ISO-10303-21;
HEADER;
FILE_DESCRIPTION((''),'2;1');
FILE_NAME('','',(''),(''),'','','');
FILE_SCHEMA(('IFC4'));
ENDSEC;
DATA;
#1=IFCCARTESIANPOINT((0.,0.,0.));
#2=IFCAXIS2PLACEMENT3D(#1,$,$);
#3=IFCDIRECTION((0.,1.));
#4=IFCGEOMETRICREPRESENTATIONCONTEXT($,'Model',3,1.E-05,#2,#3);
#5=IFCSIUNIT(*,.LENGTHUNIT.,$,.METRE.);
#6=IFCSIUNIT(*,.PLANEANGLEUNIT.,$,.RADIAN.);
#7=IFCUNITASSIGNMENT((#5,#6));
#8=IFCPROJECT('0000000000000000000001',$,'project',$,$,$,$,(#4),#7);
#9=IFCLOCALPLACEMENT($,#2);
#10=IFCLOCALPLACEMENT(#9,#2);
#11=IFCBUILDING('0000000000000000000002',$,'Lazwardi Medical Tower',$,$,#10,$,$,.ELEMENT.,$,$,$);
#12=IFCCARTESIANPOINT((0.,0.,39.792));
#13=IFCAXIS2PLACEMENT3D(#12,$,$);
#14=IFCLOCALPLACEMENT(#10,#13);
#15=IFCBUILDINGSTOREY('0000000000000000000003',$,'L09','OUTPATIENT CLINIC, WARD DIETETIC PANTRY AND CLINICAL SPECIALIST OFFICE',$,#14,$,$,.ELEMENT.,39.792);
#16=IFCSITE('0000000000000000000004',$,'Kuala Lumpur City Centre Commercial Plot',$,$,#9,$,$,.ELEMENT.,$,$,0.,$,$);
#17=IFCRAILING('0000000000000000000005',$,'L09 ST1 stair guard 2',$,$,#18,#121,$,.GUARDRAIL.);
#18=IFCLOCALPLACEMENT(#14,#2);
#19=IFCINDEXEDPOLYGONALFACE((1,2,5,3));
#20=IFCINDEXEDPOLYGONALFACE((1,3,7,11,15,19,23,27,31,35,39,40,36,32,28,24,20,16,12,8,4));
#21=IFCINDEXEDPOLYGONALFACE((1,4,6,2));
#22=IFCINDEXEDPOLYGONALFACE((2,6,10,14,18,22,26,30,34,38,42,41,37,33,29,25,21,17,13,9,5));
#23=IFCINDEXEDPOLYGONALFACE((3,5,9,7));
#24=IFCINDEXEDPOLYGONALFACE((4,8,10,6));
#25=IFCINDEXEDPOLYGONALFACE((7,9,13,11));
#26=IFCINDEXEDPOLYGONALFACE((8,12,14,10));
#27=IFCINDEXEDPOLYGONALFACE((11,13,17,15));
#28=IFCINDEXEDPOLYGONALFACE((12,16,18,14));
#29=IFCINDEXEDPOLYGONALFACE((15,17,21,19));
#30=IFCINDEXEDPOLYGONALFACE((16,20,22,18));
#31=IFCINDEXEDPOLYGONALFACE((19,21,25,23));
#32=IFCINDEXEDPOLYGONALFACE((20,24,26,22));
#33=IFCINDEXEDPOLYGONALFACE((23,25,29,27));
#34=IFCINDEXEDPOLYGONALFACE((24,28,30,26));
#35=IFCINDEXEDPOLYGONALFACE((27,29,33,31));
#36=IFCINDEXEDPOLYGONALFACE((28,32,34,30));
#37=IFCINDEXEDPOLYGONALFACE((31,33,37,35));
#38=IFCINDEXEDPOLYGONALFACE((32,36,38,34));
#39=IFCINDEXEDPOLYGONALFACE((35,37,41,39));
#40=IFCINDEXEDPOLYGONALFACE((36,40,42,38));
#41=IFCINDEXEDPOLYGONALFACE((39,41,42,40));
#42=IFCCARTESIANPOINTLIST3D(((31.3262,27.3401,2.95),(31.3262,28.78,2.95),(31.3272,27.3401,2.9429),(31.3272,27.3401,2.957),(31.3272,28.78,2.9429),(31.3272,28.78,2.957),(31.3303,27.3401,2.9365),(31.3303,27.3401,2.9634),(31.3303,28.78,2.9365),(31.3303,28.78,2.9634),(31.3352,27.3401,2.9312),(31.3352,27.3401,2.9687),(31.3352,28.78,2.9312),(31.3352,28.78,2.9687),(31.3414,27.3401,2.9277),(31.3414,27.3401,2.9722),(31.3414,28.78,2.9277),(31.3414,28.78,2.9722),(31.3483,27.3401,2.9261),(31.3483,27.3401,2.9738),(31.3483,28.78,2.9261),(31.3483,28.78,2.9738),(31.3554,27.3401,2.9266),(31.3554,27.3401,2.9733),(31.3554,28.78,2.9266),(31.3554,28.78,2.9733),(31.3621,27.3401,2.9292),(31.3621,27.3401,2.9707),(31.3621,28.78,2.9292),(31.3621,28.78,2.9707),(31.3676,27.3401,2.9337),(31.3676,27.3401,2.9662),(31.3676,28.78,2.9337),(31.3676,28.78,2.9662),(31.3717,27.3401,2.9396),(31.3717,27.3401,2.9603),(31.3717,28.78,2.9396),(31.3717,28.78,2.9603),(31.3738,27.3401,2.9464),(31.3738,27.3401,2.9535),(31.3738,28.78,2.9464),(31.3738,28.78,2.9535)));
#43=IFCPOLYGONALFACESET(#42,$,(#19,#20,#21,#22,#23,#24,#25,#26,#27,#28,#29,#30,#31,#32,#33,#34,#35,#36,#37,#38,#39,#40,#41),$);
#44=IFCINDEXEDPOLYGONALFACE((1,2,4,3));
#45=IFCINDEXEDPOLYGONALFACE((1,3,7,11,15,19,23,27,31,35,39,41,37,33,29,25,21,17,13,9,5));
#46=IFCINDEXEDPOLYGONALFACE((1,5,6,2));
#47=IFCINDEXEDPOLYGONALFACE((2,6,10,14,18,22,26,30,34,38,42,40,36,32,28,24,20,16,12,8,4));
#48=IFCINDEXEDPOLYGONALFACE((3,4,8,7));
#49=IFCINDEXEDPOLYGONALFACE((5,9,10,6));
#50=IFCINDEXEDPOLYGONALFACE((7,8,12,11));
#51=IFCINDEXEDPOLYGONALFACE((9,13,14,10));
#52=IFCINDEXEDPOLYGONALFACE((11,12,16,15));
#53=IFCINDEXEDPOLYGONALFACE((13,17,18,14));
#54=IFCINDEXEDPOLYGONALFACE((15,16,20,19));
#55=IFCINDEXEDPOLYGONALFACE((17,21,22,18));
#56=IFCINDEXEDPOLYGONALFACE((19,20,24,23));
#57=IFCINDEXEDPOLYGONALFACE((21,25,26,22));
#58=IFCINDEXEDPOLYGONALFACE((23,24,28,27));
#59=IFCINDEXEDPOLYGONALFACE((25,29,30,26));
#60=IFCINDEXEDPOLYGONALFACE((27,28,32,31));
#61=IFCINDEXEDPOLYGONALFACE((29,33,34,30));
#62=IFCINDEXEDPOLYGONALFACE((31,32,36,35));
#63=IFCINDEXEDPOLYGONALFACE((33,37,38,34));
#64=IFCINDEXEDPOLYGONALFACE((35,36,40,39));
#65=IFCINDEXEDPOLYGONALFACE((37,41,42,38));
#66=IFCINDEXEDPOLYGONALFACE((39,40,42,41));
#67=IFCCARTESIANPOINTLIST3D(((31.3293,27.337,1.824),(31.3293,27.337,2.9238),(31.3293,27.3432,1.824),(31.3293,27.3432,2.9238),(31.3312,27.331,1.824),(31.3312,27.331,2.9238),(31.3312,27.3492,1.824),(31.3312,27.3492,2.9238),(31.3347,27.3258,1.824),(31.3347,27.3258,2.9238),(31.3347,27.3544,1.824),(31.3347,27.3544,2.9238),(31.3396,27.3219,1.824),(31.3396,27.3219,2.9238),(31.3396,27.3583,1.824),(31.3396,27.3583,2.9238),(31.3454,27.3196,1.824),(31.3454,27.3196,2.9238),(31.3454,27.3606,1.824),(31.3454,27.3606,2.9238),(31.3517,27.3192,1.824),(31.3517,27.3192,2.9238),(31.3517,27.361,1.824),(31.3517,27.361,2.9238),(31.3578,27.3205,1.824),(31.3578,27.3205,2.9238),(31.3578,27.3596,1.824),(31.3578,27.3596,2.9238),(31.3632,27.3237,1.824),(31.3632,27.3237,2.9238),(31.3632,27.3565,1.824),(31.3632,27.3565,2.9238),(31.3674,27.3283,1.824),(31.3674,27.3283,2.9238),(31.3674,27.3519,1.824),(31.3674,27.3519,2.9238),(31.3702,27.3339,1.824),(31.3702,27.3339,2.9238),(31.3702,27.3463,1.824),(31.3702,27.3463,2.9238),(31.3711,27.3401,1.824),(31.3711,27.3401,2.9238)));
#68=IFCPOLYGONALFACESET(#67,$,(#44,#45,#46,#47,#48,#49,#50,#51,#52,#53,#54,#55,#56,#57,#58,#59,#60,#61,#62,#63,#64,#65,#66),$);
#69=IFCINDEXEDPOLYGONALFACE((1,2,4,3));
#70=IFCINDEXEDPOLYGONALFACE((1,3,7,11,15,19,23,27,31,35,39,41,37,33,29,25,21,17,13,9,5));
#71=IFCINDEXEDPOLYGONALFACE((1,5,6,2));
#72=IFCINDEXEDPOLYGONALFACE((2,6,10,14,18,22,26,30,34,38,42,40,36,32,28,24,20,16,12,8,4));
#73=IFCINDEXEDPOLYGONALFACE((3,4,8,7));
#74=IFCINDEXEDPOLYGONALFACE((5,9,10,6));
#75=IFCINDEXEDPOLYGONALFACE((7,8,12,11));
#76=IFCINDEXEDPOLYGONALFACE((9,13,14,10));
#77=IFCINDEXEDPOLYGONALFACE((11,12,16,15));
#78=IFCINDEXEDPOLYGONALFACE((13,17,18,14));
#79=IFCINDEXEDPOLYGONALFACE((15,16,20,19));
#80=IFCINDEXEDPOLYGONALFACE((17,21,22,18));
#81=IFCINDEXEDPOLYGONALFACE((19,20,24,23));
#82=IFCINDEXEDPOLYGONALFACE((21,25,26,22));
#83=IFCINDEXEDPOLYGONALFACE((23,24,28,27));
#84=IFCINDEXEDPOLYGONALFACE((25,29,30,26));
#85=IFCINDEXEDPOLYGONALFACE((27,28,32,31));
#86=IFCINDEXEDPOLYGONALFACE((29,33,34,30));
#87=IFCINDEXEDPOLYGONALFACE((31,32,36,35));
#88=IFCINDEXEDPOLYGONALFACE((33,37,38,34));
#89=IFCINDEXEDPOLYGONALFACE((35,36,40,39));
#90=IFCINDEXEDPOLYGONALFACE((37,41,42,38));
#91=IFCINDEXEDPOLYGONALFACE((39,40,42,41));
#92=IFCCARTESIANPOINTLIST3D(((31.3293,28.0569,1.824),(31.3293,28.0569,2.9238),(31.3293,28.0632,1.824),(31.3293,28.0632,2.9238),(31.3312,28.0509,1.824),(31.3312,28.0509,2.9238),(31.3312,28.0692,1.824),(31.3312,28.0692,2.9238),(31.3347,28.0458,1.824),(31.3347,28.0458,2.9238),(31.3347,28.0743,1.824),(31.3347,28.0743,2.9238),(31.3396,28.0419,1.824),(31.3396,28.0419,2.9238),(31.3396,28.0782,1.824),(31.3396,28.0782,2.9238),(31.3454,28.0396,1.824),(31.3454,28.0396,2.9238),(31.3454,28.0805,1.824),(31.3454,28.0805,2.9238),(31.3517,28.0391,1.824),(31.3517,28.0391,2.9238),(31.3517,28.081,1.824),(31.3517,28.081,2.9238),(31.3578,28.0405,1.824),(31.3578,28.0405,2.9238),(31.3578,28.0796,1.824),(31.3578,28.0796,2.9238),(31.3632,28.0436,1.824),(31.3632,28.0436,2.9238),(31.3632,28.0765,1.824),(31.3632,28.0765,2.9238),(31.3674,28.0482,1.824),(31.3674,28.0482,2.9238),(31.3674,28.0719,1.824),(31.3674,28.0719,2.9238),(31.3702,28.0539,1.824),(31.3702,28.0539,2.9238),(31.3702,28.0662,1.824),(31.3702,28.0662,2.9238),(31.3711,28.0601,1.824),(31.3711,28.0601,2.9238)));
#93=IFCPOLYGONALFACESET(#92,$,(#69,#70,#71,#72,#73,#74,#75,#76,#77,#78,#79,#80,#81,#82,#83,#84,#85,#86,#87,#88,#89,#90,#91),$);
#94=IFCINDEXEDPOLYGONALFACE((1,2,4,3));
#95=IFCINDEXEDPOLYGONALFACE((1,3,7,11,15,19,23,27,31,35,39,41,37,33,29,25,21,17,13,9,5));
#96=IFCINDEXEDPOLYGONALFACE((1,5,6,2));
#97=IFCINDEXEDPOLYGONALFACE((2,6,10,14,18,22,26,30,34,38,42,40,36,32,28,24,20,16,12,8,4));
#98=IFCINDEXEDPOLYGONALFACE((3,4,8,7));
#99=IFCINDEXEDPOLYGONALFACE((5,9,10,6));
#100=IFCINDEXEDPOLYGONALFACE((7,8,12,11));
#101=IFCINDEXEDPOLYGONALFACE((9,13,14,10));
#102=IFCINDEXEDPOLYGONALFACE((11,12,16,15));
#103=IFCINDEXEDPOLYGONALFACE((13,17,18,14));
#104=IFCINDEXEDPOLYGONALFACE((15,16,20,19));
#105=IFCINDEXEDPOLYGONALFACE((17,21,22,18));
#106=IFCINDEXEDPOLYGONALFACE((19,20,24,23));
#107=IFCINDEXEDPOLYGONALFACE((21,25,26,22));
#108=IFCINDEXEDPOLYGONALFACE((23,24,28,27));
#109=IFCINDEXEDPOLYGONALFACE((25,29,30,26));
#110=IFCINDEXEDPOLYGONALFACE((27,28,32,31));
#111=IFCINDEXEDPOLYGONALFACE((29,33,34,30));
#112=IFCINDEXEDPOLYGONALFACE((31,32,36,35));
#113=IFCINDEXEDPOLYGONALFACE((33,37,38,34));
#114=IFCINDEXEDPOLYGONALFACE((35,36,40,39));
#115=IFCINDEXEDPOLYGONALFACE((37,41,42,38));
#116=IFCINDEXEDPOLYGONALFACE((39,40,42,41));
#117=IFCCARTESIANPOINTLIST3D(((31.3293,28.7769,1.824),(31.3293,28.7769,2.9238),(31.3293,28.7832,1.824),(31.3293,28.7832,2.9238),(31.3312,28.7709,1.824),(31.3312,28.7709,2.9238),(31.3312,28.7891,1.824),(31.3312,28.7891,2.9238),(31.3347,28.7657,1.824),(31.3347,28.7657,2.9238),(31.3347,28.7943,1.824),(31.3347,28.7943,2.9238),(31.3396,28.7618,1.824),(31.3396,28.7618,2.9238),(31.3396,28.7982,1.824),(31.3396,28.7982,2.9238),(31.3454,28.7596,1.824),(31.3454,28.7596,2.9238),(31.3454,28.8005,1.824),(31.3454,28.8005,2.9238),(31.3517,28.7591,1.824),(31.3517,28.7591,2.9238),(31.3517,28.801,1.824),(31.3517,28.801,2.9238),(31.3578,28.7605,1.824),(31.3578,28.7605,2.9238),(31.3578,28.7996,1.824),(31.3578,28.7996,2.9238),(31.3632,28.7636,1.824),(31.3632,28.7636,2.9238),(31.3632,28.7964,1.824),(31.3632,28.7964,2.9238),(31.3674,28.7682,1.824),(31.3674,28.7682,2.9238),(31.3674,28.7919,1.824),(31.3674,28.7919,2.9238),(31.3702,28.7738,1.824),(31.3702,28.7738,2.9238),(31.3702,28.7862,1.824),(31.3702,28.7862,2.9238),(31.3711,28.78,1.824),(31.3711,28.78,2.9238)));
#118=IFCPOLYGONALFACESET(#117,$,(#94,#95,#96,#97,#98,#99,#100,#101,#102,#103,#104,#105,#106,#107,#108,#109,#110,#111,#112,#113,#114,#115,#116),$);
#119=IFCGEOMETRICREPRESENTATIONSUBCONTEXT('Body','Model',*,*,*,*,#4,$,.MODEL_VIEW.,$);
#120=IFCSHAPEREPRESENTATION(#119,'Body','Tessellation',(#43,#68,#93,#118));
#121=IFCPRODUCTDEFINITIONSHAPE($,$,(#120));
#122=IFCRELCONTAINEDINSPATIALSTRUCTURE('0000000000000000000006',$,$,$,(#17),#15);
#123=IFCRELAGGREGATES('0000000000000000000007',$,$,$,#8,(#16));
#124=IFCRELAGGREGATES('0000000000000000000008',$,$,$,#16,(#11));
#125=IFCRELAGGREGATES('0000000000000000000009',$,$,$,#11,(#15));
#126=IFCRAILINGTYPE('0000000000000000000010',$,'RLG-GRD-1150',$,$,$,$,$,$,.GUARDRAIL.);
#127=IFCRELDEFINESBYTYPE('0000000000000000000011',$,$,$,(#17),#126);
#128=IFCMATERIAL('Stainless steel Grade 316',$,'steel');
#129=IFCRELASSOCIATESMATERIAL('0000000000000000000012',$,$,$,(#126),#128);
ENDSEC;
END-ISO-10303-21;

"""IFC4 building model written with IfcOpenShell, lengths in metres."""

from ifc_helpers import new_model, si_unit, direction, frame, origin, origin_2d, place, context, subcontext, project, spatial, circle, extrude, material, type_object, element, save


model = new_model("IFC4")

# Units and contexts
model_context = context("Model", 3, precision=1e-05, world=origin(), true_north=direction((0.0, 1.0)))
body_context = subcontext(model_context, "Body", "Model", "MODEL_VIEW")
ifc_project = project(units=[si_unit("LENGTHUNIT", "METRE"), si_unit("PLANEANGLEUNIT", "RADIAN")], contexts=[model_context])

# Site, building, storey
site_placement = place(None, origin())
site = spatial("IfcSite", under=ifc_project, at=site_placement, Name="Kuala Lumpur City Centre Commercial Plot", CompositionType="ELEMENT", RefElevation=0.0)
building_placement = place(site_placement, origin())
building = spatial("IfcBuilding", under=site, at=building_placement, Name="Lazwardi Medical Tower", CompositionType="ELEMENT")
storey_placement = place(building_placement, frame((0.0, 0.0, 39.792)))
storey = spatial("IfcBuildingStorey", under=building, at=storey_placement, Name="L09", Description="OUTPATIENT CLINIC, WARD DIETETIC PANTRY AND CLINICAL SPECIALIST OFFICE", CompositionType="ELEMENT", Elevation=39.792)

# Railing
ifc_material_1 = material(Name="Stainless steel Grade 316", Category="steel")
railing_type_1 = type_object("IfcRailingType", Name="RLG-GRD-1150", PredefinedType="GUARDRAIL", material=ifc_material_1)
railing_1_placement = place(storey_placement, frame((31.3501, 27.3401, 1.824)))
element("IfcRailing", 1, at=railing_1_placement, inside=storey, type_object=railing_type_1, Name="L09 ST1 stair guard 2", PredefinedType="GUARDRAIL", context=body_context, shape_type="SweptSolid", body=[
    extrude(circle(Radius=0.0239, at=origin_2d()), frame((0.0, 0.0, 1.126), z_axis=(0.0, 1.0, 0.0), x_axis=(-1.0, 0.0, 0.0)), (0.0, 0.0, 1.0), 1.4399),
    extrude(circle(Radius=0.021, at=origin_2d()), origin(), (0.0, 0.0, 1.0), 1.0999),
    extrude(circle(Radius=0.021, at=origin_2d()), frame((0.0, 0.72, 0.0)), (0.0, 0.0, 1.0), 1.0999),
    extrude(circle(Radius=0.021, at=origin_2d()), frame((0.0, 1.4399, 0.0)), (0.0, 0.0, 1.0), 1.0999),
])

save(model, "model.ifc")
